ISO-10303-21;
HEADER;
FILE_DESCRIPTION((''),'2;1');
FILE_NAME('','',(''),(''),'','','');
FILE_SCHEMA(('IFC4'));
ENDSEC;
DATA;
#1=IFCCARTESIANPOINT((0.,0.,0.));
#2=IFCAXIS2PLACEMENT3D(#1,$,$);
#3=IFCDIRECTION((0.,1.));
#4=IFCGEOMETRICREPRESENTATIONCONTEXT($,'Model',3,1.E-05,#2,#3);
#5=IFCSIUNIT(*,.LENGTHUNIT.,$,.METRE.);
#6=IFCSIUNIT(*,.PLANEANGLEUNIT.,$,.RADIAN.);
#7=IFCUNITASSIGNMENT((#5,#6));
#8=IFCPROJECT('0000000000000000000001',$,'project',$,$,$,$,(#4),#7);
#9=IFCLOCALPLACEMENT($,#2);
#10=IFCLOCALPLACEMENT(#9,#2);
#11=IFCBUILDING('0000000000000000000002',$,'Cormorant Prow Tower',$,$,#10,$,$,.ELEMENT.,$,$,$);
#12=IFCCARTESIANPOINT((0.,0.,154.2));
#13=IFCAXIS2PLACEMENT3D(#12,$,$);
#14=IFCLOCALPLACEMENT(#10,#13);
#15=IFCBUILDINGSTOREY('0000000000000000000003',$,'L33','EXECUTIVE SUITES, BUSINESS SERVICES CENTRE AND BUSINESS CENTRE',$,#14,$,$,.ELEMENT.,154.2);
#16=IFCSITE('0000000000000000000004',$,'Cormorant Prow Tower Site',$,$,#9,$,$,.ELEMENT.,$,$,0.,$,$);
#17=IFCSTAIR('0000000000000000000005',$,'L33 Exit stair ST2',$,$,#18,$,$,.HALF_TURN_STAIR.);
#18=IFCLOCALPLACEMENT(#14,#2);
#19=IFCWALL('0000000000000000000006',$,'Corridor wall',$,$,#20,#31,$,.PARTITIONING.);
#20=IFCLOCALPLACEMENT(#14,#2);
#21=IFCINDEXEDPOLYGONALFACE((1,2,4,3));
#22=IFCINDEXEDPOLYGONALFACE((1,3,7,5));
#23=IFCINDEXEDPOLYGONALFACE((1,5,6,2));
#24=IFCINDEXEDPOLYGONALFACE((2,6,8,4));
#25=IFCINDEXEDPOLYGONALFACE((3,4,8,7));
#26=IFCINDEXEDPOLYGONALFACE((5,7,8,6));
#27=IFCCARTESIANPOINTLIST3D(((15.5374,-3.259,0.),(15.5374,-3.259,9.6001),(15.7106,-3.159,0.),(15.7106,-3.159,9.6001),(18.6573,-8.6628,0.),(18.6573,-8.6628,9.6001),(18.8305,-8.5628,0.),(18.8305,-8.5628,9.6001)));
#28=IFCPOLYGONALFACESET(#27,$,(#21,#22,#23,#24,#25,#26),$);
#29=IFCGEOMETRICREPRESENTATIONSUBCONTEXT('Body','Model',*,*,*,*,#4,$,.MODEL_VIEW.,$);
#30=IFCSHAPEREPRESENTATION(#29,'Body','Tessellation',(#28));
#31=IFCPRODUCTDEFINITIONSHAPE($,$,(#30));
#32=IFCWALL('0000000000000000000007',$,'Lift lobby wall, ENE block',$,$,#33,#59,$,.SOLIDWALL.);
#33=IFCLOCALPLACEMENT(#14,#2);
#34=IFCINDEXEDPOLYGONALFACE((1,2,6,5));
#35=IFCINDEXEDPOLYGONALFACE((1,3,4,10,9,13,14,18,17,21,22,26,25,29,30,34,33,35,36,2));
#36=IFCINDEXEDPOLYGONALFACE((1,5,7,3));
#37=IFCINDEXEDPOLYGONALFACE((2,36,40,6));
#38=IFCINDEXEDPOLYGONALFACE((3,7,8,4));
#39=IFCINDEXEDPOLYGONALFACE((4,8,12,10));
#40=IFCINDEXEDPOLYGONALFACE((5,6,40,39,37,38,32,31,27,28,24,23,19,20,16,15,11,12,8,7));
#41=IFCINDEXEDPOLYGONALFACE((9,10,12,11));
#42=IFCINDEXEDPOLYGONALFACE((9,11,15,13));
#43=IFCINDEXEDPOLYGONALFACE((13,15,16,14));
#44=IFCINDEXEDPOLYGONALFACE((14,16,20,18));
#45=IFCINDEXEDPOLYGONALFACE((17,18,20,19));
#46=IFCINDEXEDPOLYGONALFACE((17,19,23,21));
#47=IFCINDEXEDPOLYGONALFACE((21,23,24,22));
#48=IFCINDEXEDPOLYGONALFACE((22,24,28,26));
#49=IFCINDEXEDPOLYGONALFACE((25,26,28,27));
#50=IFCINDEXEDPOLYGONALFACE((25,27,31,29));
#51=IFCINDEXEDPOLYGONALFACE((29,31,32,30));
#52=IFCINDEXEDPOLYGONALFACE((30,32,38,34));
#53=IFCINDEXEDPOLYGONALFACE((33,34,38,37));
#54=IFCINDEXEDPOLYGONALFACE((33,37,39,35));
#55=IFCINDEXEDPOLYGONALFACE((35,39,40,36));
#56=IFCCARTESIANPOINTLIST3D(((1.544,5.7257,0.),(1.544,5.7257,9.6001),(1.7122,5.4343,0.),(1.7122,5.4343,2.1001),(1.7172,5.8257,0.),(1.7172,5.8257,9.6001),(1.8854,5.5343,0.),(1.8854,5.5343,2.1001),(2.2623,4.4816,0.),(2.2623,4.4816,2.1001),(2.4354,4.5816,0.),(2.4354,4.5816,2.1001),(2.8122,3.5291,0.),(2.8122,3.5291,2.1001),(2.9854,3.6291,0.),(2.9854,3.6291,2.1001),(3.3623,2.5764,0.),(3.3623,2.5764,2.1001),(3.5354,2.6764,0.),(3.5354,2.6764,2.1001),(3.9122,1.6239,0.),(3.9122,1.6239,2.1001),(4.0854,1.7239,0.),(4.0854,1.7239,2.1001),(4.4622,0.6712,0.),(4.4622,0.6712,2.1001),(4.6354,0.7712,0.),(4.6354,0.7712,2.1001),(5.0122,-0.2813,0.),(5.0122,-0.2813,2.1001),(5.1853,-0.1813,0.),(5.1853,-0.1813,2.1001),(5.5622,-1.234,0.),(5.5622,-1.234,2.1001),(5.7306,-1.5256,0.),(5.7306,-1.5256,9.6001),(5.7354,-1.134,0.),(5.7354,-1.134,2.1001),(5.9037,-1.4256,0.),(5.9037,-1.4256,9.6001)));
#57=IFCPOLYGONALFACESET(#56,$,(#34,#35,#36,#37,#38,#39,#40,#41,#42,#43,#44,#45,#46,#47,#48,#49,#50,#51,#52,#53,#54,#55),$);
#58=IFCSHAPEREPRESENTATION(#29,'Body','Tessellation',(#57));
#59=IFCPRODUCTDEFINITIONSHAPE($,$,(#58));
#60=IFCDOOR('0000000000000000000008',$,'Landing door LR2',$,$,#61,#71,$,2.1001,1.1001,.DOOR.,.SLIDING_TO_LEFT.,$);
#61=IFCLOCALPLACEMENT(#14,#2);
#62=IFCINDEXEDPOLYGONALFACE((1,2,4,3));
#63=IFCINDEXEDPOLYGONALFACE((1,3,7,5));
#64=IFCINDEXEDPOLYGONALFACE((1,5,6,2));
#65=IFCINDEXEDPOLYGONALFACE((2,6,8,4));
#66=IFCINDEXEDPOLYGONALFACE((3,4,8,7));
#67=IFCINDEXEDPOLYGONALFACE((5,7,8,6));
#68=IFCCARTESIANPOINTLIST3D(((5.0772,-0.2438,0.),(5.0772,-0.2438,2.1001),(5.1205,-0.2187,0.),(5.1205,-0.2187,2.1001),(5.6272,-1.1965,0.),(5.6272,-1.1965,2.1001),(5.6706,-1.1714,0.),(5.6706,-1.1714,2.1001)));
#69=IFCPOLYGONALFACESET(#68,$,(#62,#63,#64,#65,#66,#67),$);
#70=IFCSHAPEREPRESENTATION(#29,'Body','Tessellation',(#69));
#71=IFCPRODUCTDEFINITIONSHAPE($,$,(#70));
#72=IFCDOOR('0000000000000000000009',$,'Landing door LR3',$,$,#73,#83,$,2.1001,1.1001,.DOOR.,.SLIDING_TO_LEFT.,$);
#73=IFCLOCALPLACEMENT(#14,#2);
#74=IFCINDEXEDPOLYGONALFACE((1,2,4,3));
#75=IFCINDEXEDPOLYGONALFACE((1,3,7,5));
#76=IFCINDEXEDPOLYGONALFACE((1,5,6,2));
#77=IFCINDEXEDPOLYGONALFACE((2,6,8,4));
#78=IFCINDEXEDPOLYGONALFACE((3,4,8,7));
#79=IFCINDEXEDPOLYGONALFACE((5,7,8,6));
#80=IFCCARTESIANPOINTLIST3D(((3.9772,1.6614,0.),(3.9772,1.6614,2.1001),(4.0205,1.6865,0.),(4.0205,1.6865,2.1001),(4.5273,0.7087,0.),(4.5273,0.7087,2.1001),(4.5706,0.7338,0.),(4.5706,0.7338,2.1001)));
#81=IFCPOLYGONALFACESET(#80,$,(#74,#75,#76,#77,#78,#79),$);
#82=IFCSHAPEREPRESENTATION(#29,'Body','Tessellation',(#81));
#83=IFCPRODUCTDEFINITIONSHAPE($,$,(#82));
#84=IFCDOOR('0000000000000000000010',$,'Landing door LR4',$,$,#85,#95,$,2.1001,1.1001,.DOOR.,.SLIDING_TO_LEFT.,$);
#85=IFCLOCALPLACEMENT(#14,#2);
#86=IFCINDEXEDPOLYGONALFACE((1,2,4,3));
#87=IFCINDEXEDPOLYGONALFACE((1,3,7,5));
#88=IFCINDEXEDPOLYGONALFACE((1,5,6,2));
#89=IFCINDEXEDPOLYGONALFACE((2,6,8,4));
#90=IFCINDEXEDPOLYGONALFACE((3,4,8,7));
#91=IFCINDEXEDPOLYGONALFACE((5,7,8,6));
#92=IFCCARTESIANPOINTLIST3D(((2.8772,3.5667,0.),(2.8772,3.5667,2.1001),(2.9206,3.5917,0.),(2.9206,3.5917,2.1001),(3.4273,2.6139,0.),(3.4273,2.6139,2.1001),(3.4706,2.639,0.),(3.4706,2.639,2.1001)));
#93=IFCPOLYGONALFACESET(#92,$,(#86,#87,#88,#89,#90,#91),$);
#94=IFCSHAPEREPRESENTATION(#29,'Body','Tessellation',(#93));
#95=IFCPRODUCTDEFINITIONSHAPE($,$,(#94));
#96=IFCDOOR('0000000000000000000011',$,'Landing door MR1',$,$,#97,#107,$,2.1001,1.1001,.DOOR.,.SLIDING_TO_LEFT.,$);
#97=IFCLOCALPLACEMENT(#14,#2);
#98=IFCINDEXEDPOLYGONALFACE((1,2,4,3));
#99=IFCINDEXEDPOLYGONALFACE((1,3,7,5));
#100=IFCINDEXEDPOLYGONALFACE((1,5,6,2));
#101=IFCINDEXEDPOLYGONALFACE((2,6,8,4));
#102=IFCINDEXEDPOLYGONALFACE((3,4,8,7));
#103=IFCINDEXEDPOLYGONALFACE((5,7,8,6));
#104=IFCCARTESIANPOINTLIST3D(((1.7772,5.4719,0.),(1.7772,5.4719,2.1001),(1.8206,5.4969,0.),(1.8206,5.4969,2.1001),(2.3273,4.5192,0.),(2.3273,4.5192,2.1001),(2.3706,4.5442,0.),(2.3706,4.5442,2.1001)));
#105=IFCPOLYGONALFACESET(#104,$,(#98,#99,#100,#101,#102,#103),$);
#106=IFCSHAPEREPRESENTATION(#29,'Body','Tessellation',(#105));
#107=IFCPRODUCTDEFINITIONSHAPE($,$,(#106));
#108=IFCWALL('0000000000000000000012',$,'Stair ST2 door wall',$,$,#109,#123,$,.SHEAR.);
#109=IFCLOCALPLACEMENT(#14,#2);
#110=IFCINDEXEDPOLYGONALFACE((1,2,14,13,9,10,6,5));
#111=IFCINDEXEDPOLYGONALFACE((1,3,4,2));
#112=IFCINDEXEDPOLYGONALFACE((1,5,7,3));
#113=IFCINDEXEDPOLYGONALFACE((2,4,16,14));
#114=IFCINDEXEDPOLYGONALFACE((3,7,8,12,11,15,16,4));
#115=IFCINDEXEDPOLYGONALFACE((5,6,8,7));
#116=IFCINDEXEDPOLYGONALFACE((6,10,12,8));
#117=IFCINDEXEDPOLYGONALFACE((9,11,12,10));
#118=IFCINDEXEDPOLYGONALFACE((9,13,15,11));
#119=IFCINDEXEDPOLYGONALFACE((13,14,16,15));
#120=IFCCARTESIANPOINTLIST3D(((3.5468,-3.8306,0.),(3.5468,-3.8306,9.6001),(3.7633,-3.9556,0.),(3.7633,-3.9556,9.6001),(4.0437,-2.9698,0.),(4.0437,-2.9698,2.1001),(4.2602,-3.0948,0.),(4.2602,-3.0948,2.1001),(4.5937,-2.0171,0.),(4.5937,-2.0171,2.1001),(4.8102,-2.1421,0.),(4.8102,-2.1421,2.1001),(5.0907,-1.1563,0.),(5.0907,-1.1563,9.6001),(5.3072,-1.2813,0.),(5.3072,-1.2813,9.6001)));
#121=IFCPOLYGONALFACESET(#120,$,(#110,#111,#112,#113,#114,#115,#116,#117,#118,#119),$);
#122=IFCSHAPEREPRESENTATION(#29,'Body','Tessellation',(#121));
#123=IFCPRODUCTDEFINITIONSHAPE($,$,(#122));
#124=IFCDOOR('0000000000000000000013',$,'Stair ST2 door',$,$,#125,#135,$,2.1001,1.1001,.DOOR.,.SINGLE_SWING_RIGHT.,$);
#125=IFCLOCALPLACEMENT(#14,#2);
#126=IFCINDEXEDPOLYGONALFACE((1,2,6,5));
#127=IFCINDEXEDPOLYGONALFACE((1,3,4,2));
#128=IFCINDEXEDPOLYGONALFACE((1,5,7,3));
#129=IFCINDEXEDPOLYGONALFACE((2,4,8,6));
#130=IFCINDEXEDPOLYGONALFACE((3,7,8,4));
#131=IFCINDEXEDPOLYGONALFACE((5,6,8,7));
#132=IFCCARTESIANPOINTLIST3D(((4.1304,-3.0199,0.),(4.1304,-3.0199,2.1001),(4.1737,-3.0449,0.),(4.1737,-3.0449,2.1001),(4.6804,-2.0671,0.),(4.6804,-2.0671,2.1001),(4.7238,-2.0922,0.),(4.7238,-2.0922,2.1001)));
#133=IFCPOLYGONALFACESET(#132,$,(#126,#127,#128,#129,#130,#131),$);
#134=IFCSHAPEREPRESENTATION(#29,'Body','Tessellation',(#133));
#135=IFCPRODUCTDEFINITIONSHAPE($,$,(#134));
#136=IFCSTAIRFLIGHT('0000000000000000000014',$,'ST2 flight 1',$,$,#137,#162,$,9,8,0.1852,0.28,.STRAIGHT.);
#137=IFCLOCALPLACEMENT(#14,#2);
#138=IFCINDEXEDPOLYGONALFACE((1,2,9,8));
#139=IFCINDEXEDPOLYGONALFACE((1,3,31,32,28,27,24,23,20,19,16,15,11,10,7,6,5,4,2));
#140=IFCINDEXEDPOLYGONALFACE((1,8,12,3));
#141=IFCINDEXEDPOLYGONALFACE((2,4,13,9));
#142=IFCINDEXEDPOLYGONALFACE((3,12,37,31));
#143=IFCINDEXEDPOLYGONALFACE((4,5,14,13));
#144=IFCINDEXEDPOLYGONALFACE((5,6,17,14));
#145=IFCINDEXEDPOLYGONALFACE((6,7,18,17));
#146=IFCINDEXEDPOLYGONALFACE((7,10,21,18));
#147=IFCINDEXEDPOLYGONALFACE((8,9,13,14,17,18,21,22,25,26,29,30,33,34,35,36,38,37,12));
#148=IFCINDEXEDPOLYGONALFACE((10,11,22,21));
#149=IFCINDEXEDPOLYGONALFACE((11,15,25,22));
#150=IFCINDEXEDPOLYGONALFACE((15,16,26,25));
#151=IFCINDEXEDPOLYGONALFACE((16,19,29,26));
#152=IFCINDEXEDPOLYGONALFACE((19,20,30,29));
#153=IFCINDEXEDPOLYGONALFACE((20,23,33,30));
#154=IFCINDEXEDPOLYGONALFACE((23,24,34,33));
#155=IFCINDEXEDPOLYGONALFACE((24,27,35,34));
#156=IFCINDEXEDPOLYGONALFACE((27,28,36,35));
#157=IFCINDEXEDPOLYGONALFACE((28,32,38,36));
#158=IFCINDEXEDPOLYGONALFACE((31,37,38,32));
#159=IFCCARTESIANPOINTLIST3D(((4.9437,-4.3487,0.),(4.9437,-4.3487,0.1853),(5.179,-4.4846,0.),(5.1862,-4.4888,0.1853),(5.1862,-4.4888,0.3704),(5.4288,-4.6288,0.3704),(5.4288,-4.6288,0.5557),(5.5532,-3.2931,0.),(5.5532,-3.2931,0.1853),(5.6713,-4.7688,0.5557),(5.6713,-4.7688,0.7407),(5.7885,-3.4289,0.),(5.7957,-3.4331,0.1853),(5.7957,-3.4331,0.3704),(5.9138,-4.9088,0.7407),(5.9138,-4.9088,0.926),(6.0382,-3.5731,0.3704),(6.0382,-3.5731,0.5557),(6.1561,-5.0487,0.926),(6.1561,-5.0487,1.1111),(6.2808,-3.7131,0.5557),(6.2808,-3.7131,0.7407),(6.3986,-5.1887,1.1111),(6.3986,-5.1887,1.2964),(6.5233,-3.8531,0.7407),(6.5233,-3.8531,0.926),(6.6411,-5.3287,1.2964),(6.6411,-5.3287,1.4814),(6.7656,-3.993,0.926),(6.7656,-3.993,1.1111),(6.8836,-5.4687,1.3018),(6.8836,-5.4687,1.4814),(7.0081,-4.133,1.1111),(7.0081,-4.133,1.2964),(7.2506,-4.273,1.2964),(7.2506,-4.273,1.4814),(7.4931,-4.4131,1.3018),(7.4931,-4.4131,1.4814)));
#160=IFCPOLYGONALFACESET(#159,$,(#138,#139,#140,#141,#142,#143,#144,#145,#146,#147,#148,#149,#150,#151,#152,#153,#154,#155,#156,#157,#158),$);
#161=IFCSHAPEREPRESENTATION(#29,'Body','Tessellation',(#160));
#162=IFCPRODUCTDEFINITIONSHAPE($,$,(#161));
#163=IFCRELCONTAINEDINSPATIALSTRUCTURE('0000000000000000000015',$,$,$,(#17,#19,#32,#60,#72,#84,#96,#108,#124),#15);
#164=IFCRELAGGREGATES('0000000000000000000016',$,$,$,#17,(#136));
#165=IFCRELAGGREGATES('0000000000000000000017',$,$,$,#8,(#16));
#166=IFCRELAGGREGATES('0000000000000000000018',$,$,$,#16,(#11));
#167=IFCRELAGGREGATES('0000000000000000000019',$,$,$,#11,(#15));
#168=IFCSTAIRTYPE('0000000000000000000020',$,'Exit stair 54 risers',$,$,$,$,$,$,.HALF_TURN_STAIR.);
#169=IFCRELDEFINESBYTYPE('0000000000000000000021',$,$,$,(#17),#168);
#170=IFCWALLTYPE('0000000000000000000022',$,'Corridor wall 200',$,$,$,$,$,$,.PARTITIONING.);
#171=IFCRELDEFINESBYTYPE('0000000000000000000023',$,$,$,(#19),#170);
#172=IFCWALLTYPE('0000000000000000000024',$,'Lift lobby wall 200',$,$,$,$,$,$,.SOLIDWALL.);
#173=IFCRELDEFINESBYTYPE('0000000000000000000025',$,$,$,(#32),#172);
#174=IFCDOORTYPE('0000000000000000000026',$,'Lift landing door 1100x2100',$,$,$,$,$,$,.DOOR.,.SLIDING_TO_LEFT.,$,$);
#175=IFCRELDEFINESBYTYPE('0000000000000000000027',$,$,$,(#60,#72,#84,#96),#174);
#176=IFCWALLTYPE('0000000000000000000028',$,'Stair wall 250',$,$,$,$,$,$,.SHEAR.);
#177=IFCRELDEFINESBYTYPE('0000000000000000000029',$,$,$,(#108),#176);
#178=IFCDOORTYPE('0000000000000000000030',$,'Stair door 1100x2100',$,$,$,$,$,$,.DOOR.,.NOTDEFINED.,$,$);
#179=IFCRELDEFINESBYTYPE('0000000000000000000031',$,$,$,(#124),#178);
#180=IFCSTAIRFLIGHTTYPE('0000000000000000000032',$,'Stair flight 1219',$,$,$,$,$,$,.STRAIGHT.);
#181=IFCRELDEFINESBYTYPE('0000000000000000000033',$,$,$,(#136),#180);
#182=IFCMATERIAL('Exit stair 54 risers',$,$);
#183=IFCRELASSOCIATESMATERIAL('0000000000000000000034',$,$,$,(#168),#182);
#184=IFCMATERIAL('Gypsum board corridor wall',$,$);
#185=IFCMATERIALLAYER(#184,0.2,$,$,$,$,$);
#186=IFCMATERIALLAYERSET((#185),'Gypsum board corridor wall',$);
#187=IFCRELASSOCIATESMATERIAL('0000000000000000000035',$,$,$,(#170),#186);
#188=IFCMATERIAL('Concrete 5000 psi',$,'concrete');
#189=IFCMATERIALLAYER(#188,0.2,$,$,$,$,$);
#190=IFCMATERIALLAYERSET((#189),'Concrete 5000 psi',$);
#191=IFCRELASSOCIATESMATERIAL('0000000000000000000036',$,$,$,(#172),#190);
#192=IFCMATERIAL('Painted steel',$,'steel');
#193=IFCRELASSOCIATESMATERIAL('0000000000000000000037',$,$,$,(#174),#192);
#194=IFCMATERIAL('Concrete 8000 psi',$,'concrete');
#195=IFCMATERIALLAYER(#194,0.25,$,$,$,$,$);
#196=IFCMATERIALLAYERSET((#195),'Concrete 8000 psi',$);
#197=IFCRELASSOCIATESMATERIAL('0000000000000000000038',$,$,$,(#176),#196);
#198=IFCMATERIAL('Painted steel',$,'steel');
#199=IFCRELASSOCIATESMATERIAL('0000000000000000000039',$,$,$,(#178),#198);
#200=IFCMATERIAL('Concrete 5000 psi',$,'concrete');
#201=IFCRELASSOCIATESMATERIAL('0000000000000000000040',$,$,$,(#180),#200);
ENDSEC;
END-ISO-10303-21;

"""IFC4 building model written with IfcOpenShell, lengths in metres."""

from ifc_helpers import new_model, si_unit, direction, frame, frame_2d, origin, place, context, subcontext, project, spatial, polyline, rectangle, outline, extrude, material, layer, layer_set, type_object, element, fill, aggregate, save


model = new_model("IFC4")

# Units and contexts
model_context = context("Model", 3, precision=1e-05, world=origin(), true_north=direction((0.0, 1.0)))
body_context = subcontext(model_context, "Body", "Model", "MODEL_VIEW")
ifc_project = project(units=[si_unit("LENGTHUNIT", "METRE"), si_unit("PLANEANGLEUNIT", "RADIAN")], contexts=[model_context])

# Site, building, storey
site_placement = place(None, origin())
site = spatial("IfcSite", under=ifc_project, at=site_placement, Name="Cormorant Prow Tower Site", CompositionType="ELEMENT", RefElevation=0.0)
building_placement = place(site_placement, origin())
building = spatial("IfcBuilding", under=site, at=building_placement, Name="Cormorant Prow Tower", CompositionType="ELEMENT")
storey_placement = place(building_placement, frame((0.0, 0.0, 154.2)))
storey = spatial("IfcBuildingStorey", under=building, at=storey_placement, Name="L33", Description="EXECUTIVE SUITES, BUSINESS SERVICES CENTRE AND BUSINESS CENTRE", CompositionType="ELEMENT", Elevation=154.2)

# Stair
ifc_material_1 = material(Name="Exit stair 54 risers")
stair_type = type_object("IfcStairType", Name="Exit stair 54 risers", PredefinedType="HALF_TURN_STAIR", material=ifc_material_1)
stair_1_placement = place(storey_placement, origin())
stair_1 = element("IfcStair", 1, at=stair_1_placement, inside=storey, type_object=stair_type, Name="L33 Exit stair ST2", PredefinedType="HALF_TURN_STAIR")

# Wall
ifc_material_2 = material(Name="Gypsum board corridor wall")
ifc_layer_1 = layer(ifc_material_2, 0.2)
ifc_layer_set_1 = layer_set([ifc_layer_1], Name="Gypsum board corridor wall")
wall_type_1 = type_object("IfcWallType", Name="Corridor wall 200", PredefinedType="PARTITIONING", material=ifc_layer_set_1)
wall_1_placement = place(storey_placement, frame((15.624, -3.209, 0.0), z_axis=(0.0, 0.0, 1.0), x_axis=(0.499998, -0.866027, 0.0)))
element("IfcWall", 2, at=wall_1_placement, inside=storey, type_object=wall_type_1, Name="Corridor wall", PredefinedType="PARTITIONING", context=body_context, shape_type="SweptSolid", body=[
    extrude(rectangle(XDim=6.2397, YDim=0.2, at=frame_2d((3.1199, 0.0))), origin(), (0.0, 0.0, 1.0), 9.6001),
])

# Wall, openings, doors
ifc_material_3 = material(Name="Concrete 5000 psi", Category="concrete")
ifc_layer_2 = layer(ifc_material_3, 0.2)
ifc_layer_set_2 = layer_set([ifc_layer_2], Name="Concrete 5000 psi")
wall_type_2 = type_object("IfcWallType", Name="Lift lobby wall 200", PredefinedType="SOLIDWALL", material=ifc_layer_set_2)
wall_2_placement = place(storey_placement, frame((5.8171, -1.4756, 0.0), z_axis=(0.0, 0.0, 1.0), x_axis=(-0.500003, 0.866024, 0.0)))
wall_2 = element("IfcWall", 3, at=wall_2_placement, inside=storey, type_object=wall_type_2, Name="Lift lobby wall, ENE block", PredefinedType="SOLIDWALL", context=body_context, shape_type="SweptSolid", body=[
    extrude(rectangle(XDim=8.373, YDim=0.2, at=frame_2d((4.1865, 0.0))), origin(), (0.0, 0.0, 1.0), 9.6001),
])
opening_1_placement = place(wall_2_placement, frame((0.3367, 0.0, 0.0)))
opening_1 = element("IfcOpeningElement", 4, at=opening_1_placement, cuts=wall_2, PredefinedType="OPENING", context=body_context, shape_type="SweptSolid", body=[
    extrude(rectangle(XDim=1.1001, YDim=2.1001, at=frame_2d((0.55, 1.05))), frame((0.0, 0.1099, 0.0), z_axis=(0.0, -1.0, 0.0), x_axis=(1.0, 0.0, 0.0)), (0.0, 0.0, 1.0), 0.22),
])
opening_2_placement = place(wall_2_placement, frame((2.5366, 0.0, 0.0)))
opening_2 = element("IfcOpeningElement", 5, at=opening_2_placement, cuts=wall_2, PredefinedType="OPENING", context=body_context, shape_type="SweptSolid", body=[
    extrude(rectangle(XDim=1.1001, YDim=2.1001, at=frame_2d((0.55, 1.05))), frame((0.0, 0.1099, 0.0), z_axis=(0.0, -1.0, 0.0), x_axis=(1.0, 0.0, 0.0)), (0.0, 0.0, 1.0), 0.22),
])
opening_3_placement = place(wall_2_placement, frame((4.7366, 0.0, 0.0)))
opening_3 = element("IfcOpeningElement", 6, at=opening_3_placement, cuts=wall_2, PredefinedType="OPENING", context=body_context, shape_type="SweptSolid", body=[
    extrude(rectangle(XDim=1.1001, YDim=2.1001, at=frame_2d((0.55, 1.05))), frame((0.0, 0.1099, 0.0), z_axis=(0.0, -1.0, 0.0), x_axis=(1.0, 0.0, 0.0)), (0.0, 0.0, 1.0), 0.22),
])
opening_4_placement = place(wall_2_placement, frame((6.9365, 0.0, 0.0)))
opening_4 = element("IfcOpeningElement", 7, at=opening_4_placement, cuts=wall_2, PredefinedType="OPENING", context=body_context, shape_type="SweptSolid", body=[
    extrude(rectangle(XDim=1.1001, YDim=2.1001, at=frame_2d((0.55, 1.05))), frame((0.0, 0.1099, 0.0), z_axis=(0.0, -1.0, 0.0), x_axis=(1.0, 0.0, 0.0)), (0.0, 0.0, 1.0), 0.22),
])
ifc_material_4 = material(Name="Painted steel", Category="steel")
door_type_1 = type_object("IfcDoorType", Name="Lift landing door 1100x2100", OperationType="SLIDING_TO_LEFT", PredefinedType="DOOR", material=ifc_material_4)
door_1_placement = place(opening_1_placement, origin())
door_1 = element("IfcDoor", 8, at=door_1_placement, inside=storey, type_object=door_type_1, Name="Landing door LR2", OperationType="SLIDING_TO_LEFT", OverallHeight=2.1001, OverallWidth=1.1001, PredefinedType="DOOR", context=body_context, shape_type="SweptSolid", body=[
    extrude(rectangle(XDim=1.1001, YDim=2.1001, at=frame_2d((0.55, 1.05))), frame((0.0, 0.0249, 0.0), z_axis=(0.0, -1.0, 0.0), x_axis=(1.0, 0.0, 0.0)), (0.0, 0.0, 1.0), 0.05),
])
fill(opening_1, door_1)
door_2_placement = place(opening_2_placement, origin())
door_2 = element("IfcDoor", 9, at=door_2_placement, inside=storey, type_object=door_type_1, Name="Landing door LR3", OperationType="SLIDING_TO_LEFT", OverallHeight=2.1001, OverallWidth=1.1001, PredefinedType="DOOR", context=body_context, shape_type="SweptSolid", body=[
    extrude(rectangle(XDim=1.1001, YDim=2.1001, at=frame_2d((0.55, 1.05))), frame((0.0, 0.0249, 0.0), z_axis=(0.0, -1.0, 0.0), x_axis=(1.0, 0.0, 0.0)), (0.0, 0.0, 1.0), 0.05),
])
fill(opening_2, door_2)
door_3_placement = place(opening_3_placement, origin())
door_3 = element("IfcDoor", 10, at=door_3_placement, inside=storey, type_object=door_type_1, Name="Landing door LR4", OperationType="SLIDING_TO_LEFT", OverallHeight=2.1001, OverallWidth=1.1001, PredefinedType="DOOR", context=body_context, shape_type="SweptSolid", body=[
    extrude(rectangle(XDim=1.1001, YDim=2.1001, at=frame_2d((0.55, 1.05))), frame((0.0, 0.0249, 0.0), z_axis=(0.0, -1.0, 0.0), x_axis=(1.0, 0.0, 0.0)), (0.0, 0.0, 1.0), 0.05),
])
fill(opening_3, door_3)
door_4_placement = place(opening_4_placement, origin())
door_4 = element("IfcDoor", 11, at=door_4_placement, inside=storey, type_object=door_type_1, Name="Landing door MR1", OperationType="SLIDING_TO_LEFT", OverallHeight=2.1001, OverallWidth=1.1001, PredefinedType="DOOR", context=body_context, shape_type="SweptSolid", body=[
    extrude(rectangle(XDim=1.1001, YDim=2.1001, at=frame_2d((0.55, 1.05))), frame((0.0, 0.0249, 0.0), z_axis=(0.0, -1.0, 0.0), x_axis=(1.0, 0.0, 0.0)), (0.0, 0.0, 1.0), 0.05),
])
fill(opening_4, door_4)

# Wall, opening, door
ifc_material_5 = material(Name="Concrete 8000 psi", Category="concrete")
ifc_layer_3 = layer(ifc_material_5, 0.25)
ifc_layer_set_3 = layer_set([ifc_layer_3], Name="Concrete 8000 psi")
wall_type_3 = type_object("IfcWallType", Name="Stair wall 250", PredefinedType="SHEAR", material=ifc_layer_set_3)
wall_3_placement = place(storey_placement, frame((3.655, -3.8931, 0.0), z_axis=(0.0, 0.0, 1.0), x_axis=(0.499983, 0.866035, 0.0)))
wall_3 = element("IfcWall", 12, at=wall_3_placement, inside=storey, type_object=wall_type_3, Name="Stair ST2 door wall", PredefinedType="SHEAR", context=body_context, shape_type="SweptSolid", body=[
    extrude(rectangle(XDim=3.0879, YDim=0.25, at=frame_2d((1.5439, 0.0))), origin(), (0.0, 0.0, 1.0), 9.6001),
])
opening_5_placement = place(wall_3_placement, frame((0.9939, 0.0, 0.0)))
opening_5 = element("IfcOpeningElement", 13, at=opening_5_placement, cuts=wall_3, PredefinedType="OPENING", context=body_context, shape_type="SweptSolid", body=[
    extrude(rectangle(XDim=1.1001, YDim=2.1001, at=frame_2d((0.55, 1.05))), frame((0.0, 0.135, 0.0), z_axis=(0.0, -1.0, 0.0), x_axis=(1.0, 0.0, 0.0)), (0.0, 0.0, 1.0), 0.27),
])
ifc_material_6 = material(Name="Painted steel", Category="steel")
door_type_2 = type_object("IfcDoorType", Name="Stair door 1100x2100", OperationType="NOTDEFINED", PredefinedType="DOOR", material=ifc_material_6)
door_5_placement = place(opening_5_placement, origin())
door_5 = element("IfcDoor", 14, at=door_5_placement, inside=storey, type_object=door_type_2, Name="Stair ST2 door", OperationType="SINGLE_SWING_RIGHT", OverallHeight=2.1001, OverallWidth=1.1001, PredefinedType="DOOR", context=body_context, shape_type="SweptSolid", body=[
    extrude(rectangle(XDim=1.1001, YDim=2.1001, at=frame_2d((0.55, 1.05))), frame((0.0, 0.0249, 0.0), z_axis=(0.0, -1.0, 0.0), x_axis=(1.0, 0.0, 0.0)), (0.0, 0.0, 1.0), 0.05),
])
fill(opening_5, door_5)

# Stair flight
ifc_material_7 = material(Name="Concrete 5000 psi", Category="concrete")
stair_flight_type = type_object("IfcStairFlightType", Name="Stair flight 1219", PredefinedType="STRAIGHT", material=ifc_material_7)
stair_flight_1_placement = place(storey_placement, frame((5.2485, -3.8208, 0.0), z_axis=(0.0, 0.0, 1.0), x_axis=(0.866025, -0.5, 0.0)))
stair_flight_1 = element("IfcStairFlight", 15, at=stair_flight_1_placement, type_object=stair_flight_type, Name="ST2 flight 1", NumberOfRisers=9, NumberOfTreads=8, PredefinedType="STRAIGHT", RiserHeight=0.1852, TreadLength=0.28, context=body_context, shape_type="SweptSolid", body=[
    extrude(outline(polyline([(0.0, 0.0), (0.0, 0.1853), (0.28, 0.1853), (0.28, 0.3704), (0.5601, 0.3704), (0.5601, 0.5557), (0.8401, 0.5557), (0.8401, 0.7407), (1.1201, 0.7407), (1.1201, 0.926), (1.3999, 0.926), (1.3999, 1.1111), (1.6799, 1.1111), (1.6799, 1.2964), (1.96, 1.2964), (1.96, 1.4814), (2.24, 1.4814), (2.24, 1.6667), (2.24, 1.3018), (0.2717, 0.0), (0.0, 0.0)])), frame((0.0, 0.6094, 0.0), z_axis=(0.0, -1.0, 0.0), x_axis=(1.0, 0.0, 0.0)), (0.0, 0.0, 1.0), 1.219),
])
aggregate(stair_1, [stair_flight_1])

save(model, "model.ifc")
